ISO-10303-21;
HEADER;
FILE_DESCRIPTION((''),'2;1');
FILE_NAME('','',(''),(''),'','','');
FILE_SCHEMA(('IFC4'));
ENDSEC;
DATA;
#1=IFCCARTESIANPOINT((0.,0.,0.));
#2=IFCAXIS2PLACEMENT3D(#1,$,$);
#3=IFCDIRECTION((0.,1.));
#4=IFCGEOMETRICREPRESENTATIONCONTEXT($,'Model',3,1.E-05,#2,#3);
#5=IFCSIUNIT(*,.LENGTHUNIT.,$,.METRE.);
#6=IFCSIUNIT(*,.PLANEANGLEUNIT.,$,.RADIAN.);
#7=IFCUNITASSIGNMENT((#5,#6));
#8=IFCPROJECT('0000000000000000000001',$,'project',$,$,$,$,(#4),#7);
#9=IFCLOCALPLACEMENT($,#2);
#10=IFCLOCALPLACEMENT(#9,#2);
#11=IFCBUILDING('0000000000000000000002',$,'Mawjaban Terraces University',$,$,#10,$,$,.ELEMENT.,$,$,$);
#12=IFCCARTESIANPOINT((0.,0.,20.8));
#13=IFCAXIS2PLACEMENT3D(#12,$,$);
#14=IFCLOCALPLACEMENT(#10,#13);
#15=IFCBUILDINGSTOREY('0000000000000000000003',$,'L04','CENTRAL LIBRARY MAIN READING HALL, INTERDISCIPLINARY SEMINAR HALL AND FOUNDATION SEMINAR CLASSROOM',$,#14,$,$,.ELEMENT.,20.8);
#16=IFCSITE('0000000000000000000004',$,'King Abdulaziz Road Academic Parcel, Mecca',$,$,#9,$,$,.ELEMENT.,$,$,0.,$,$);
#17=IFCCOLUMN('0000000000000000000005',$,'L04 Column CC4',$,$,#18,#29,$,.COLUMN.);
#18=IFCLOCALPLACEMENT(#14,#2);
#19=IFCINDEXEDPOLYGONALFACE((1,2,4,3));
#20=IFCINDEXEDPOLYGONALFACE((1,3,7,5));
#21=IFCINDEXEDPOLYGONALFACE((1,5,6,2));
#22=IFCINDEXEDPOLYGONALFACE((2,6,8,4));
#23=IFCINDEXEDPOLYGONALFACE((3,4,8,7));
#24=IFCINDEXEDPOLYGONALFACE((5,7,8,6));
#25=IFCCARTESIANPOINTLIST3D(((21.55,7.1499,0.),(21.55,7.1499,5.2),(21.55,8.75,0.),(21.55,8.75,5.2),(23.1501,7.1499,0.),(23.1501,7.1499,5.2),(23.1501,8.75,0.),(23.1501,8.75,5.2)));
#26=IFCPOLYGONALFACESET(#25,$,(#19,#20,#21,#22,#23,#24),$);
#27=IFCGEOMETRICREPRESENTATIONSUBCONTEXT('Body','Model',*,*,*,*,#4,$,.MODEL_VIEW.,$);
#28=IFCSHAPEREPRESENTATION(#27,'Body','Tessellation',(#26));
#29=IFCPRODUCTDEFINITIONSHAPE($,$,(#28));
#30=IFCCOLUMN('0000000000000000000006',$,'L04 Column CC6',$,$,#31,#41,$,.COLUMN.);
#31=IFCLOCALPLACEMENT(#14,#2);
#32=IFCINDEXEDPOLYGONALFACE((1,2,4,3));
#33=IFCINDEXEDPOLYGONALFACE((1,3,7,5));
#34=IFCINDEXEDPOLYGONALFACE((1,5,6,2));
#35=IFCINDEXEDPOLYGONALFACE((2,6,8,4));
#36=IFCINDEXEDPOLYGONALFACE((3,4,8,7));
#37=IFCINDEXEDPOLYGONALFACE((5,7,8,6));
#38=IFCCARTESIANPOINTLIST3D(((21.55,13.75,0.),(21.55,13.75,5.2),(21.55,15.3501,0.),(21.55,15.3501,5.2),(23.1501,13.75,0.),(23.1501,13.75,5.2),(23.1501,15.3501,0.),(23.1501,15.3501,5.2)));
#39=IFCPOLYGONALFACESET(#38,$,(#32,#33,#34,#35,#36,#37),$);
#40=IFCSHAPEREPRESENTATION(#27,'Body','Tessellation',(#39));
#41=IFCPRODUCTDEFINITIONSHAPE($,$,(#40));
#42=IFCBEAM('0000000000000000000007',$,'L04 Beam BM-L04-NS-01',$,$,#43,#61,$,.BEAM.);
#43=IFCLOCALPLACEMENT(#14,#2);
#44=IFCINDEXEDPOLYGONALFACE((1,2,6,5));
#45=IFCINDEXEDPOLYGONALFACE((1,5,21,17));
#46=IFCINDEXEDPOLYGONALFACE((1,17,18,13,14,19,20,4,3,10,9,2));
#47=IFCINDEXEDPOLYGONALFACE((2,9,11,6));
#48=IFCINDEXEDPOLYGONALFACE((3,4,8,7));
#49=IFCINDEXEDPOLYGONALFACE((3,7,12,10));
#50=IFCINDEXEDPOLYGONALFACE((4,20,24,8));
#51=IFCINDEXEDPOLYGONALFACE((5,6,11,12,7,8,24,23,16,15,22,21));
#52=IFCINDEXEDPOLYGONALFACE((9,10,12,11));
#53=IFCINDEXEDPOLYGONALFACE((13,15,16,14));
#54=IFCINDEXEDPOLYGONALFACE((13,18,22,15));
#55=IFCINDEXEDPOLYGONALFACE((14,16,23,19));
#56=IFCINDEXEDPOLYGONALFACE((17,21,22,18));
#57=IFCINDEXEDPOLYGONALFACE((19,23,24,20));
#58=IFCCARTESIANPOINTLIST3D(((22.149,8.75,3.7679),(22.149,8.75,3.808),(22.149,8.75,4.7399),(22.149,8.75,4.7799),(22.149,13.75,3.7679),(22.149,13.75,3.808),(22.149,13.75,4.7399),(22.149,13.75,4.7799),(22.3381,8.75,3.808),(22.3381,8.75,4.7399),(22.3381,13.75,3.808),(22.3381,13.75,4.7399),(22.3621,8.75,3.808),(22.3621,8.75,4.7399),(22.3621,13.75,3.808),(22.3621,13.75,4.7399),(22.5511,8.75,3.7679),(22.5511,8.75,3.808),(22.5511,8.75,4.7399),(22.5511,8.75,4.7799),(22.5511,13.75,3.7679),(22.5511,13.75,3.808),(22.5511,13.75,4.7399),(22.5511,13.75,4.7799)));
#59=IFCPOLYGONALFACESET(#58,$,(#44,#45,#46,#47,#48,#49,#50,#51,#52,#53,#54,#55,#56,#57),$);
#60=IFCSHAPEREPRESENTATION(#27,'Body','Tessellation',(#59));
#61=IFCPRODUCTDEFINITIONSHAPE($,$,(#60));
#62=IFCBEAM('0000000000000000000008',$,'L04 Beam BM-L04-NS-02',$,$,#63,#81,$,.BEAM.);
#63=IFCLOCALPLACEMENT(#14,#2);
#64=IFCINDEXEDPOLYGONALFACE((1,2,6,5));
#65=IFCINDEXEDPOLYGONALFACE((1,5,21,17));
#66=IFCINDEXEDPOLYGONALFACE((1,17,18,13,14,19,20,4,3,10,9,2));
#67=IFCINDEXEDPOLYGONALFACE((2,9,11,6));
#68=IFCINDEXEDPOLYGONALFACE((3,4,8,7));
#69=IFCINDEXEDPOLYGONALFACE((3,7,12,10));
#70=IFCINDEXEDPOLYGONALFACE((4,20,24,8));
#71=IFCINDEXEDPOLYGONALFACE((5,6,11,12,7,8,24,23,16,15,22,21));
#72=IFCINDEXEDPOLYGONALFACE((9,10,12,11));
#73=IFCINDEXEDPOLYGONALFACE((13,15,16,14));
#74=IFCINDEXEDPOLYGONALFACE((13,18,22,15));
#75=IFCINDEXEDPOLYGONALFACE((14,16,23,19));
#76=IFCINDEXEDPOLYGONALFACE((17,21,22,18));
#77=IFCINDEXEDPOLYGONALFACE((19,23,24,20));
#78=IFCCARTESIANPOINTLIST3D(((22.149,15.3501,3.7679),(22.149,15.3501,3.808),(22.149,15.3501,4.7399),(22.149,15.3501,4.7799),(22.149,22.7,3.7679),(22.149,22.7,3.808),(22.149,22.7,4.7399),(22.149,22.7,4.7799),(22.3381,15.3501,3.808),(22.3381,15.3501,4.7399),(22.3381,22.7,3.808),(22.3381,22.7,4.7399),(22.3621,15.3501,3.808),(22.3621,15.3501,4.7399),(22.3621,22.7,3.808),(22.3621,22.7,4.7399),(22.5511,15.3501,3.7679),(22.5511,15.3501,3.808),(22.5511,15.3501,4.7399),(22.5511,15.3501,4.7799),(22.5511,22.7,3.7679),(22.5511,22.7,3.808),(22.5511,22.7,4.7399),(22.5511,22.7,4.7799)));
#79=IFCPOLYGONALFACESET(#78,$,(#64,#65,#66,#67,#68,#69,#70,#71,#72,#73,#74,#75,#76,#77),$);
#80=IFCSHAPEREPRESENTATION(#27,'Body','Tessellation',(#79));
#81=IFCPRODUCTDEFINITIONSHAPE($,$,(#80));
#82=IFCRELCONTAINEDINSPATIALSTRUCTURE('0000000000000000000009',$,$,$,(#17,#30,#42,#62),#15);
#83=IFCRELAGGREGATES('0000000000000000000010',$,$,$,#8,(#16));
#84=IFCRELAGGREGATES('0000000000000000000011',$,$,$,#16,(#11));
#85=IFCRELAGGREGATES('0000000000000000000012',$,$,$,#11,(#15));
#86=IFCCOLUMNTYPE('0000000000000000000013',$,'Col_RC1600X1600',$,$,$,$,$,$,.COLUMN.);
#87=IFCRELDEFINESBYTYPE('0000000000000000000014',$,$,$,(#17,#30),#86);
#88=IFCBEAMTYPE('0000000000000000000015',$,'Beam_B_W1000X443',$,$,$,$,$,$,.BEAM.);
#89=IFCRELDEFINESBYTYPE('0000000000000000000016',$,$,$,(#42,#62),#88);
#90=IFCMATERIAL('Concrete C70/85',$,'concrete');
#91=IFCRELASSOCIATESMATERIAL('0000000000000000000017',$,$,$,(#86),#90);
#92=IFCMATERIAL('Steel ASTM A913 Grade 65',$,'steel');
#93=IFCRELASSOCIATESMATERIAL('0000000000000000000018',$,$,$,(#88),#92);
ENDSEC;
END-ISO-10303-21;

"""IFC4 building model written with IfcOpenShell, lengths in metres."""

from ifc_helpers import new_model, si_unit, direction, frame, origin, origin_2d, place, context, subcontext, project, spatial, rectangle, i_section, extrude, material, material_profile, profile_set, type_object, element, save


model = new_model("IFC4")

# Units and contexts
model_context = context("Model", 3, precision=1e-05, world=origin(), true_north=direction((0.0, 1.0)))
body_context = subcontext(model_context, "Body", "Model", "MODEL_VIEW")
ifc_project = project(units=[si_unit("LENGTHUNIT", "METRE"), si_unit("PLANEANGLEUNIT", "RADIAN")], contexts=[model_context])

# Site, building, storey
site_placement = place(None, origin())
site = spatial("IfcSite", under=ifc_project, at=site_placement, Name="King Abdulaziz Road Academic Parcel, Mecca", CompositionType="ELEMENT", RefElevation=0.0)
building_placement = place(site_placement, origin())
building = spatial("IfcBuilding", under=site, at=building_placement, Name="Mawjaban Terraces University", CompositionType="ELEMENT")
storey_placement = place(building_placement, frame((0.0, 0.0, 20.8)))
storey = spatial("IfcBuildingStorey", under=building, at=storey_placement, Name="L04", Description="CENTRAL LIBRARY MAIN READING HALL, INTERDISCIPLINARY SEMINAR HALL AND FOUNDATION SEMINAR CLASSROOM", CompositionType="ELEMENT", Elevation=20.8)

# Columns
ifc_material_1 = material(Name="Concrete C70/85", Category="concrete")
ifc_material_profile_1 = material_profile(ifc_material_1, rectangle(XDim=1.6001, YDim=1.6001, at=origin_2d()), Name="RC1600X1600")
ifc_profile_set_1 = profile_set([ifc_material_profile_1], Name="Concrete C70/85")
column_type = type_object("IfcColumnType", Name="Col_RC1600X1600", PredefinedType="COLUMN", material=ifc_profile_set_1)
for number, where, z_axis, x_axis, name in (
    (1, (22.3501, 7.95, 0.0), (0.0, 0.0, 1.0), (1.0, 0.0, 0.0), "L04 Column CC4"),
    (2, (22.3501, 14.55, 0.0), (0.0, 0.0, 1.0), (1.0, 0.0, 0.0), "L04 Column CC6"),
):
    element("IfcColumn", number, at=place(storey_placement, frame(where, z_axis=z_axis, x_axis=x_axis)), inside=storey, type_object=column_type, Name=name, PredefinedType="COLUMN", context=body_context, shape_type="SweptSolid", body=[
        extrude(rectangle(XDim=1.6001, YDim=1.6001, at=origin_2d()), origin(), (0.0, 0.0, 1.0), 5.2),
    ])

# Beams
ifc_material_2 = material(Name="Steel ASTM A913 Grade 65", Category="steel")
ifc_material_profile_2 = material_profile(ifc_material_2, i_section(OverallWidth=0.4021, OverallDepth=1.012, WebThickness=0.0239, FlangeThickness=0.04, at=origin_2d()), Name="W1000X443")
ifc_profile_set_2 = profile_set([ifc_material_profile_2], Name="Steel ASTM A913 Grade 65")
beam_type = type_object("IfcBeamType", Name="Beam_B_W1000X443", PredefinedType="BEAM", material=ifc_profile_set_2)
beam_1_placement = place(storey_placement, frame((22.3501, 8.75, 4.2739), z_axis=(0.0, 1.0, 0.0), x_axis=(-1.0, 0.0, 0.0)))
element("IfcBeam", 3, at=beam_1_placement, inside=storey, type_object=beam_type, Name="L04 Beam BM-L04-NS-01", PredefinedType="BEAM", context=body_context, shape_type="SweptSolid", body=[
    extrude(i_section(OverallWidth=0.4021, OverallDepth=1.012, WebThickness=0.0239, FlangeThickness=0.04, at=origin_2d()), origin(), (0.0, 0.0, 1.0), 5.0),
])
beam_2_placement = place(storey_placement, frame((22.3501, 15.3501, 4.2739), z_axis=(0.0, 1.0, 0.0), x_axis=(-1.0, 0.0, 0.0)))
element("IfcBeam", 4, at=beam_2_placement, inside=storey, type_object=beam_type, Name="L04 Beam BM-L04-NS-02", PredefinedType="BEAM", context=body_context, shape_type="SweptSolid", body=[
    extrude(i_section(OverallWidth=0.4021, OverallDepth=1.012, WebThickness=0.0239, FlangeThickness=0.04, at=origin_2d()), origin(), (0.0, 0.0, 1.0), 7.3499),
])

save(model, "model.ifc")
